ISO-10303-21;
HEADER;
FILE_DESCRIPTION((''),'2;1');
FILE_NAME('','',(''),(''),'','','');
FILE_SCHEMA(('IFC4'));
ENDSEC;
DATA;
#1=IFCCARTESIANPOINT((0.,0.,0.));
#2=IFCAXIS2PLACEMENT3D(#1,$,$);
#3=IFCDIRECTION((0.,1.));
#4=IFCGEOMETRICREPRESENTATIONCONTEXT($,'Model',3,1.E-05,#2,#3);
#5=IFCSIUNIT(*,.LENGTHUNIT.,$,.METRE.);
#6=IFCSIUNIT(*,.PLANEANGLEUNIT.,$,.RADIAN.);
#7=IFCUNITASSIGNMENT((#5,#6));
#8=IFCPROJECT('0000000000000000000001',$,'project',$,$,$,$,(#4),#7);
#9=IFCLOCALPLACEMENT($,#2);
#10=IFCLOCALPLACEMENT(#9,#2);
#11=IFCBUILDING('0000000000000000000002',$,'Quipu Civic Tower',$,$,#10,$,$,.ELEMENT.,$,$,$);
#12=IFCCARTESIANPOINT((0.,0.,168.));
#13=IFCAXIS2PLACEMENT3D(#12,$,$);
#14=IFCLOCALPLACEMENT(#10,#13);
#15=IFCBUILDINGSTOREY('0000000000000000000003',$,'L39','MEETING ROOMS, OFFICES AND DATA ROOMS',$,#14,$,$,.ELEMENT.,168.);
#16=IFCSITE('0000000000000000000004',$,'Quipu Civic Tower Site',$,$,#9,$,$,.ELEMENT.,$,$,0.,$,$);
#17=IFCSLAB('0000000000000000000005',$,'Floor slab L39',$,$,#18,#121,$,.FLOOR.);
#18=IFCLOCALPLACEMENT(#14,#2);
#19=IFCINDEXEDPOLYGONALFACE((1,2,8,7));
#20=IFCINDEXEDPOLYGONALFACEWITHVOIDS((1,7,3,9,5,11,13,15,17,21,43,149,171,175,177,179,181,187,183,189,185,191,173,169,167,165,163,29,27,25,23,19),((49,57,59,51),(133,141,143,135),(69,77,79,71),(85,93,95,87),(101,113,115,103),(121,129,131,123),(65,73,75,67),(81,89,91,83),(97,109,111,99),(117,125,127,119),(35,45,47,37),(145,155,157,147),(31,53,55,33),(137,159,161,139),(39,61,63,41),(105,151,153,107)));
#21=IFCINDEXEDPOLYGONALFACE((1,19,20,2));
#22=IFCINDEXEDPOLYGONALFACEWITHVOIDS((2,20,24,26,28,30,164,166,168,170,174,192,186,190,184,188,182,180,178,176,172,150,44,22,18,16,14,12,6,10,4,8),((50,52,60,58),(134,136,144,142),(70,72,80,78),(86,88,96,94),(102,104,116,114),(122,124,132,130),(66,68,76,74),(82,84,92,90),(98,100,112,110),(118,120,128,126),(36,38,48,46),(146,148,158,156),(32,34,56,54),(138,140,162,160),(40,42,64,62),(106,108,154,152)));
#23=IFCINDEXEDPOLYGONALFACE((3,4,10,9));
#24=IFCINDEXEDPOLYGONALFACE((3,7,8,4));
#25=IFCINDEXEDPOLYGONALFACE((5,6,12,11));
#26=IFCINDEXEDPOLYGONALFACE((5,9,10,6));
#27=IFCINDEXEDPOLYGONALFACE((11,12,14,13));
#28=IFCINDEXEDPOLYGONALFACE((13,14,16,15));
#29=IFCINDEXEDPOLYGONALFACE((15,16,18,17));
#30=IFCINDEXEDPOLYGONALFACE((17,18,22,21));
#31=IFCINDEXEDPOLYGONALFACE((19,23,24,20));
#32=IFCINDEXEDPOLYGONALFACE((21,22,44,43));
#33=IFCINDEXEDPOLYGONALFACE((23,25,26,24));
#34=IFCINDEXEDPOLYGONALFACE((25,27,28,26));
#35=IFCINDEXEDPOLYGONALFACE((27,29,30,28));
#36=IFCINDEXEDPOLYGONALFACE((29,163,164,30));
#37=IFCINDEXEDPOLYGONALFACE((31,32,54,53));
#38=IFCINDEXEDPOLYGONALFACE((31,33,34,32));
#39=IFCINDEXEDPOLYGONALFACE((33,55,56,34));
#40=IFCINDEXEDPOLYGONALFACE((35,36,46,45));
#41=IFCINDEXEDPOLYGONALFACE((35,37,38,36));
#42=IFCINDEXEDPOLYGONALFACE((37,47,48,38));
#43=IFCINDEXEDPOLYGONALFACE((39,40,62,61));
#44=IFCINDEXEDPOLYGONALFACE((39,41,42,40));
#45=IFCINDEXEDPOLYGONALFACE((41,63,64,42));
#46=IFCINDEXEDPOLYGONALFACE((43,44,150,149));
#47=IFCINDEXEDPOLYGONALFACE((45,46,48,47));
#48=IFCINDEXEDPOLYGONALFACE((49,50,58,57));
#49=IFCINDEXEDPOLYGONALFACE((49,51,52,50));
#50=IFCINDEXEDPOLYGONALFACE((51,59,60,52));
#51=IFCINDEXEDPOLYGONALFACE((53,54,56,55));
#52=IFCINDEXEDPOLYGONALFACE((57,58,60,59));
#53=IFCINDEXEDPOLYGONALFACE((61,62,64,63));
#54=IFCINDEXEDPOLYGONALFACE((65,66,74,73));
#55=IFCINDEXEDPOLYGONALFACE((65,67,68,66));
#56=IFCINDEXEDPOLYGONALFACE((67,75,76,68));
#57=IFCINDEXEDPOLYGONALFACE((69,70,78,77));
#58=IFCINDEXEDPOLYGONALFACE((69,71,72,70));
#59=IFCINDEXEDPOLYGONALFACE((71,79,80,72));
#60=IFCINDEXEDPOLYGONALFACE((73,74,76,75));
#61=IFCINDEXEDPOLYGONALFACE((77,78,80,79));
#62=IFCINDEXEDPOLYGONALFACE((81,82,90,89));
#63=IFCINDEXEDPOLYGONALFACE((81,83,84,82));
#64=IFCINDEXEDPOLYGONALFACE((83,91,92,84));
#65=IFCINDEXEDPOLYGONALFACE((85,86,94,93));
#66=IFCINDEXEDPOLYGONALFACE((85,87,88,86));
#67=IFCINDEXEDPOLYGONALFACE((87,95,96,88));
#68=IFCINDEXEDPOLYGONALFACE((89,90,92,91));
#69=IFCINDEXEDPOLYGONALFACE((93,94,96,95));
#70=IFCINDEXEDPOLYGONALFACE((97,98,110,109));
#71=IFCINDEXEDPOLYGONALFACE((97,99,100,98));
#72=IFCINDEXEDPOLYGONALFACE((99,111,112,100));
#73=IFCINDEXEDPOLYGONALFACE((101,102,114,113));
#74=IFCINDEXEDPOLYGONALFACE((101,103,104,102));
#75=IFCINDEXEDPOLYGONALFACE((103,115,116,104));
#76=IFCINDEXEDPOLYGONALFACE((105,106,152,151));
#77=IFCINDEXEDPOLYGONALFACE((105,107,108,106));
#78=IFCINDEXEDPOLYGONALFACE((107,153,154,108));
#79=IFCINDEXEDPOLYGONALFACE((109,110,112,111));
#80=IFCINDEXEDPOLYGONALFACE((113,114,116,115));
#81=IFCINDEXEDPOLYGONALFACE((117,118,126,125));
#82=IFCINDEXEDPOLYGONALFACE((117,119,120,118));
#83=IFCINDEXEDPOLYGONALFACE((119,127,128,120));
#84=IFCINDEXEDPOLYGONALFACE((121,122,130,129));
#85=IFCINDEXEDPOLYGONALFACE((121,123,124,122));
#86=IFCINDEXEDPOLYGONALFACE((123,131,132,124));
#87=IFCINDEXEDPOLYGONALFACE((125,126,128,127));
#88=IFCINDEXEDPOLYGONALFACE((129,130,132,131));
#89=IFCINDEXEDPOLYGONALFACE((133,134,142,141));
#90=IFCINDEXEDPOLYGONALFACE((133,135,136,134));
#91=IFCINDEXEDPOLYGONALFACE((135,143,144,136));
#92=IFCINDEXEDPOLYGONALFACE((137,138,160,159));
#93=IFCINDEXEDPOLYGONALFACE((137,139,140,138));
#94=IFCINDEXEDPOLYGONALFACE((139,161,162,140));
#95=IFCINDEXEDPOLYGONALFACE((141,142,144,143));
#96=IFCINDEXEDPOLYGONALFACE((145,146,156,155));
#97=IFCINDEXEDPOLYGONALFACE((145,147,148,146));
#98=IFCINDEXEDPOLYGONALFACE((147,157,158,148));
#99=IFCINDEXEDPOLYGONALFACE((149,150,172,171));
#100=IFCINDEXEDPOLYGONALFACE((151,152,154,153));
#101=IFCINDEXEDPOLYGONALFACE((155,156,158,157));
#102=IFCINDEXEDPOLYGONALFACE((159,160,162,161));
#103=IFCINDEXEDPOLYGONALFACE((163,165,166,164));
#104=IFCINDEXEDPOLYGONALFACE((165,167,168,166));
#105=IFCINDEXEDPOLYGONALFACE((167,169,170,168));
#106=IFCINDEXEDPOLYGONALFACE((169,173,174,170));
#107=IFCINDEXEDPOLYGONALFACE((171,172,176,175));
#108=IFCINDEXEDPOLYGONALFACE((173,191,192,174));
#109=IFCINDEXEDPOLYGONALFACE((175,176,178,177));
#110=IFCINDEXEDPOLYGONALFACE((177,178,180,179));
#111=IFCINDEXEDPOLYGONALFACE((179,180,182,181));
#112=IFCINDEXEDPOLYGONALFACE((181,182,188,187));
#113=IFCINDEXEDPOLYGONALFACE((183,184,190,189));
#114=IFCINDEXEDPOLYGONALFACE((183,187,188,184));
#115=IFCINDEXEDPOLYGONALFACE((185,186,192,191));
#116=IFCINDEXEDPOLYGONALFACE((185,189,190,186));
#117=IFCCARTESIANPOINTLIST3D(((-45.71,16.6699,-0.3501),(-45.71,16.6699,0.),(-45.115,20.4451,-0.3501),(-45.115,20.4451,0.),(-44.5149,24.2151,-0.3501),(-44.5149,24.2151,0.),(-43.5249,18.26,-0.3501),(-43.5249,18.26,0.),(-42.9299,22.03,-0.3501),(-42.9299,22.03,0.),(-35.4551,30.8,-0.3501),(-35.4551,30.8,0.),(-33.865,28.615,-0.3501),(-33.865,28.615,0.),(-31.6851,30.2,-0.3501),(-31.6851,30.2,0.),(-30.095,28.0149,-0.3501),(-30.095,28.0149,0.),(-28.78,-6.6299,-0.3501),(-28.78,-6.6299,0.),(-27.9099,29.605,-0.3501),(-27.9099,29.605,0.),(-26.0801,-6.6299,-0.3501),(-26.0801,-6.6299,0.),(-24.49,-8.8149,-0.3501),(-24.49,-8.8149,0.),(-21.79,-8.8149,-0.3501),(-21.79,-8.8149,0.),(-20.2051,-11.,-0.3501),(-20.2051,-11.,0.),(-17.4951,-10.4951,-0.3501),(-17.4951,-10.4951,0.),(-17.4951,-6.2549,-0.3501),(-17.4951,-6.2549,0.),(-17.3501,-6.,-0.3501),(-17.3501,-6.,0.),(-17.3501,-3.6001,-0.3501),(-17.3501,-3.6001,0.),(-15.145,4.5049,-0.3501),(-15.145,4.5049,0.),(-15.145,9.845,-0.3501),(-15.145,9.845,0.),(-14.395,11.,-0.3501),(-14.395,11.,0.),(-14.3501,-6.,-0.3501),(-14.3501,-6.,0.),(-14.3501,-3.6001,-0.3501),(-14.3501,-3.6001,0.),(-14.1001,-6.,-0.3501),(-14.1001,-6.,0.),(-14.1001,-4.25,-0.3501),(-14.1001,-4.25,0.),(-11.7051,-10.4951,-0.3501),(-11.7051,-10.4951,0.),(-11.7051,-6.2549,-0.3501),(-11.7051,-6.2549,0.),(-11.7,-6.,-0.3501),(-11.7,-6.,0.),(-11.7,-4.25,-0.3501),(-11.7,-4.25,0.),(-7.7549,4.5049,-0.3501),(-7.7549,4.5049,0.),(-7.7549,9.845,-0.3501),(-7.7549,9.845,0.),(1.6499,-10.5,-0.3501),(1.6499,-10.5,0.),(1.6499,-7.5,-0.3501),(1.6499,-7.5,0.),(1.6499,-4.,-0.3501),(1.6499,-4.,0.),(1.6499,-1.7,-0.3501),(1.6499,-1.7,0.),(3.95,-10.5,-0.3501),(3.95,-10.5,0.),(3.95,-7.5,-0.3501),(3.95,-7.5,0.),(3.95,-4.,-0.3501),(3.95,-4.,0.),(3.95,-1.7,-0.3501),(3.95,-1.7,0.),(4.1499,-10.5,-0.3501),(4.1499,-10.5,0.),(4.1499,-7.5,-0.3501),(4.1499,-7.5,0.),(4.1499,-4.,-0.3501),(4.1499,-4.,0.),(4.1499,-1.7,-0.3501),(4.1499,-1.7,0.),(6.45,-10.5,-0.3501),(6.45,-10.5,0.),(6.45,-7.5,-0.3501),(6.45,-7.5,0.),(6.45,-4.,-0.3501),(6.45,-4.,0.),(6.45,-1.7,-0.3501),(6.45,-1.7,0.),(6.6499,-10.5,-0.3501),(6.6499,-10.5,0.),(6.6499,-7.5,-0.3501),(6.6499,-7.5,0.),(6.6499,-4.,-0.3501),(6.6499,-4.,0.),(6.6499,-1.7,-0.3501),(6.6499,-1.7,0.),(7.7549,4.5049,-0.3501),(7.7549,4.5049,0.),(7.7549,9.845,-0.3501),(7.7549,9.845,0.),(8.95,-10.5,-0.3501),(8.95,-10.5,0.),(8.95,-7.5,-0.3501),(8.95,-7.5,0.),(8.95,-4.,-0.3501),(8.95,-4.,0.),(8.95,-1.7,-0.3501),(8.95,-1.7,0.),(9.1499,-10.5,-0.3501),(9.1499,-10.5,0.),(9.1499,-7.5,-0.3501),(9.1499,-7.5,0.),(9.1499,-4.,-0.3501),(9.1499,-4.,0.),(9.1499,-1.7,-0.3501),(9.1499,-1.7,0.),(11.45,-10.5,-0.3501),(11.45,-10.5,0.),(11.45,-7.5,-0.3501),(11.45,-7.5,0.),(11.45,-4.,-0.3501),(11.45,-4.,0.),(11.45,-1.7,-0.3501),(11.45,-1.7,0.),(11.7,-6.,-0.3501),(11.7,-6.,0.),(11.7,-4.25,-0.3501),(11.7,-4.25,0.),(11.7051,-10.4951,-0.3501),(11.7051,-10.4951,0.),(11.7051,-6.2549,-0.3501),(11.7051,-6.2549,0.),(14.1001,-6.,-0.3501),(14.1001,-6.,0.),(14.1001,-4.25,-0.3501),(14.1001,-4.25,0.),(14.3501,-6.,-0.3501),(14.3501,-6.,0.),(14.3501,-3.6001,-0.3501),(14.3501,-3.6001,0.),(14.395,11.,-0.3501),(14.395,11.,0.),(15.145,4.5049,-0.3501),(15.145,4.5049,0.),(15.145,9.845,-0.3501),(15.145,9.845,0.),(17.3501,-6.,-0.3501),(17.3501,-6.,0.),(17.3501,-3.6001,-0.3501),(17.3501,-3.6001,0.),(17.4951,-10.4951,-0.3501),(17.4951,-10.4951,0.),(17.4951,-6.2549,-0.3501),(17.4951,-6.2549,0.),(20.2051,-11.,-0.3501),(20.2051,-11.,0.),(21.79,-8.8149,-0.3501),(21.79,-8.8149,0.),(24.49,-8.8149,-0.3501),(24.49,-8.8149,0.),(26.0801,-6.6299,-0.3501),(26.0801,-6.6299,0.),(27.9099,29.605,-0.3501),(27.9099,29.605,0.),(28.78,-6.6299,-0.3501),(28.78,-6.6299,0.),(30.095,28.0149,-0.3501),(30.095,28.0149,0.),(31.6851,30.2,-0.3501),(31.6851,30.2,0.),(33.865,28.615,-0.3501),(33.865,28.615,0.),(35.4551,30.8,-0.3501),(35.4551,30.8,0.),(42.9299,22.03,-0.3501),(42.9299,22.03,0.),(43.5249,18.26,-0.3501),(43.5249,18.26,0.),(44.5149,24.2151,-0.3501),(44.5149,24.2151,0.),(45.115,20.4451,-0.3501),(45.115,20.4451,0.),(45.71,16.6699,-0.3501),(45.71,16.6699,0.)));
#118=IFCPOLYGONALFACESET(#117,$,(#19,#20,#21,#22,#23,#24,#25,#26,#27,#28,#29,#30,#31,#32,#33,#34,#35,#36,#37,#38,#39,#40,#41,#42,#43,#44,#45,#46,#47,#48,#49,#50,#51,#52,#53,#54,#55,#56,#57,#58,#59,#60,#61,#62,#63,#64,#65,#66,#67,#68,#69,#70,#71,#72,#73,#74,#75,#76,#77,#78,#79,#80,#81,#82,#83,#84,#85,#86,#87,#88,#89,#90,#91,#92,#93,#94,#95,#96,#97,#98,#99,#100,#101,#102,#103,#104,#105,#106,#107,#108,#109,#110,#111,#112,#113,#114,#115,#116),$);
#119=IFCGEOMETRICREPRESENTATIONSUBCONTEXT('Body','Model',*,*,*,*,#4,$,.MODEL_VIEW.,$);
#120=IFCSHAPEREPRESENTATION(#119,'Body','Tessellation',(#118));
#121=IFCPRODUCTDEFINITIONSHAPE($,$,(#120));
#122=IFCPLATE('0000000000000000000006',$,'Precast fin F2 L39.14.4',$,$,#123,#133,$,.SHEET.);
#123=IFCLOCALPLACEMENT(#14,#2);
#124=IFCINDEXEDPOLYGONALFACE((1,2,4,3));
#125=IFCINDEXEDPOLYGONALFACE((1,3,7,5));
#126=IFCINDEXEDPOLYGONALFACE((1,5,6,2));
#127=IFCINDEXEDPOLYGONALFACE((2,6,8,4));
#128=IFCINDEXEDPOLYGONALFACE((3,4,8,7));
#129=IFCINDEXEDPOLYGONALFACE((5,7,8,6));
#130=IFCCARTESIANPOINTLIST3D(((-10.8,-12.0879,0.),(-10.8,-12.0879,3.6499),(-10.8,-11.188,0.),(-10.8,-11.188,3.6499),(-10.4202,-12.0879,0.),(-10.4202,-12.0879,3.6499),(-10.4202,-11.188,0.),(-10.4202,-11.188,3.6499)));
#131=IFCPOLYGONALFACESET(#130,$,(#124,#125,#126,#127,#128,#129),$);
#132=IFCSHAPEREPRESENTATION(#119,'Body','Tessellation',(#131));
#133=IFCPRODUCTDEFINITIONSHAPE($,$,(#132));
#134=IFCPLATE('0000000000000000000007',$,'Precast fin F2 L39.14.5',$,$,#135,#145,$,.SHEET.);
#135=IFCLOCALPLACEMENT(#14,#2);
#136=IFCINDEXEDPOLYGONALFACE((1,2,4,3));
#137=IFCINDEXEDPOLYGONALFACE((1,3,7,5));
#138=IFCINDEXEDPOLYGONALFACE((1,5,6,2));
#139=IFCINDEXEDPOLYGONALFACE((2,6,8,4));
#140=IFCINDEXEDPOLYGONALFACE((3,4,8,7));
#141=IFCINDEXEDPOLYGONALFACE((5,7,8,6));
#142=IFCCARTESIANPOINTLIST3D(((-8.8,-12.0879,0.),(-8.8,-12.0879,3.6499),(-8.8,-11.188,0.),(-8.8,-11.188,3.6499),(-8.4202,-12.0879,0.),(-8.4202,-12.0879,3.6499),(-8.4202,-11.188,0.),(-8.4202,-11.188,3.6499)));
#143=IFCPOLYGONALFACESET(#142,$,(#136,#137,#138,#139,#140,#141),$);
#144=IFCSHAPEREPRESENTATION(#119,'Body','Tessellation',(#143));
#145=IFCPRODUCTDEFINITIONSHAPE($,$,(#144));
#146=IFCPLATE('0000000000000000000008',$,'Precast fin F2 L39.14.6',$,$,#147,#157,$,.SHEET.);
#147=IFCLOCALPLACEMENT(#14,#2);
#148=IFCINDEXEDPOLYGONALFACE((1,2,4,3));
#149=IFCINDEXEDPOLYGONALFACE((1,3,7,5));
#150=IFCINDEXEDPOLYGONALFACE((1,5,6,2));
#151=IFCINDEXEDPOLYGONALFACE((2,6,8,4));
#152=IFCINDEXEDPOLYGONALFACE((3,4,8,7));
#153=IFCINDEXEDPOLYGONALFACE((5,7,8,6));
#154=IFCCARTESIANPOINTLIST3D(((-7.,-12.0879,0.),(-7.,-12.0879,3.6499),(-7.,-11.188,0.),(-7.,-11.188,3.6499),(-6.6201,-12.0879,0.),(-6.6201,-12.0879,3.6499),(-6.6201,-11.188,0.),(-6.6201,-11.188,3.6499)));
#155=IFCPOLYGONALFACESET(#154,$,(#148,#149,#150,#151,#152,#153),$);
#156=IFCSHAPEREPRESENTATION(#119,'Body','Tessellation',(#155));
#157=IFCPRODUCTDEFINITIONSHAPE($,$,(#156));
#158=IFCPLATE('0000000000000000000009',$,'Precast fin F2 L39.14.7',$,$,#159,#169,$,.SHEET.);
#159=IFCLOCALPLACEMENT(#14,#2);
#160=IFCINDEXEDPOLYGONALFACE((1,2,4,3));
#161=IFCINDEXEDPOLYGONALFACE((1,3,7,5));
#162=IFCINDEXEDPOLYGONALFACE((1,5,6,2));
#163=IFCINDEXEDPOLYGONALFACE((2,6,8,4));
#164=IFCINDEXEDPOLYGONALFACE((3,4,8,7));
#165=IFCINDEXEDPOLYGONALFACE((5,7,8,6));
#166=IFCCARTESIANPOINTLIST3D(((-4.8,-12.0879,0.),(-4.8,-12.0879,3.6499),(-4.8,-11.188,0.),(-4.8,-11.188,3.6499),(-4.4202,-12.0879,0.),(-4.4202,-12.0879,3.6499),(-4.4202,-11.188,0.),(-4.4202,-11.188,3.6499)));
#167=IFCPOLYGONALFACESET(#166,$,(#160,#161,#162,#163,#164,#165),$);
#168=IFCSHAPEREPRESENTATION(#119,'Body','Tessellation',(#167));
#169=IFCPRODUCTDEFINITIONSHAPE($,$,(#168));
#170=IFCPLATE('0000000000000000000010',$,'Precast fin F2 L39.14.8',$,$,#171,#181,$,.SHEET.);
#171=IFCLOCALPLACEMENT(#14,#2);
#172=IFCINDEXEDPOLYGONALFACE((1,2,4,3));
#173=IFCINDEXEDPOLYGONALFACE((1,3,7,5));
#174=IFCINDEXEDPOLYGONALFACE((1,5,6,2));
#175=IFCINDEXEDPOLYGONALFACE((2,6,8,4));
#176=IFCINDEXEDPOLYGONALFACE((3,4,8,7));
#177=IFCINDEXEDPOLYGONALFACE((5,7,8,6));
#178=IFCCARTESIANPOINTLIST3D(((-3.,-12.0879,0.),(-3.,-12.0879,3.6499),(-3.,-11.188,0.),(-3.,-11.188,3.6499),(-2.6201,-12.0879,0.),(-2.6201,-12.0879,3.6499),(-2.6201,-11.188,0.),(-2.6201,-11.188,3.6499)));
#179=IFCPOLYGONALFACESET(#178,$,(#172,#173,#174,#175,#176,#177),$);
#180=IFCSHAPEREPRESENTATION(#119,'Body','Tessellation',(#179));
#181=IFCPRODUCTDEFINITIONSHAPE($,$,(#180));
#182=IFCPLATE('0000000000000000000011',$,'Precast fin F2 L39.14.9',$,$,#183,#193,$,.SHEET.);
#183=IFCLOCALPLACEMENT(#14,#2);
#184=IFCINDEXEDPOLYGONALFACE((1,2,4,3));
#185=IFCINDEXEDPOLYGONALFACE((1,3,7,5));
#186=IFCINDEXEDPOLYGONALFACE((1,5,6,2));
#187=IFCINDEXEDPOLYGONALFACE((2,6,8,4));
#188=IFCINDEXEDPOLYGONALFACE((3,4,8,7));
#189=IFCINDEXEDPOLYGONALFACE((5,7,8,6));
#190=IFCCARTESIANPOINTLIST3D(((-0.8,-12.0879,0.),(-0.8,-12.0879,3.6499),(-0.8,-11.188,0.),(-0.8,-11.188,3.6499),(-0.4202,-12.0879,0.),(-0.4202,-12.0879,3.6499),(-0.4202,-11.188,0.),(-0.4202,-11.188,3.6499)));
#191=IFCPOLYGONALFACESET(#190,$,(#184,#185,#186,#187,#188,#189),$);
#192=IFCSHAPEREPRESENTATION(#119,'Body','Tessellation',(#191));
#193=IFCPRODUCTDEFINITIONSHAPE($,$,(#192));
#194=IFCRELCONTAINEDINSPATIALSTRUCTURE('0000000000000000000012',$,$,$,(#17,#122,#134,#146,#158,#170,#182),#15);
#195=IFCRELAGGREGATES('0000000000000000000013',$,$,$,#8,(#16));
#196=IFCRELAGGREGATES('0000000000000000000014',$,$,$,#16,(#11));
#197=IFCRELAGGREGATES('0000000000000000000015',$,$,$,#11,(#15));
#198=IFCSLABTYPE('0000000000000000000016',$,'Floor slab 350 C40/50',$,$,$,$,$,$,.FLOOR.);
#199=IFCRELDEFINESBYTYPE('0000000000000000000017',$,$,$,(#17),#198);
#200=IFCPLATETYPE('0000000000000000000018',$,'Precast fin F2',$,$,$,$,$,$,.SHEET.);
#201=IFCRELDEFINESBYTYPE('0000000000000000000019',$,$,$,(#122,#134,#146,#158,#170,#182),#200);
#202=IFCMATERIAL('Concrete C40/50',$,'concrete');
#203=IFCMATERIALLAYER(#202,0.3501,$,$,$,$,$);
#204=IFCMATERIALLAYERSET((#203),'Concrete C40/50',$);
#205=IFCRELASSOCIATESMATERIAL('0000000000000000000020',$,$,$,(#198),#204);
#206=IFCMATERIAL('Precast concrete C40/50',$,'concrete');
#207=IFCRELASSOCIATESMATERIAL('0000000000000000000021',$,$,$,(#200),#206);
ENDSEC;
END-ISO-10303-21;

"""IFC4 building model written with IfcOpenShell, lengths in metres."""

from ifc_helpers import new_model, si_unit, direction, frame, origin, origin_2d, place, context, subcontext, project, spatial, polyline, rectangle, outline, extrude, material, layer, layer_set, type_object, element, save


model = new_model("IFC4")

# Units and contexts
model_context = context("Model", 3, precision=1e-05, world=origin(), true_north=direction((0.0, 1.0)))
body_context = subcontext(model_context, "Body", "Model", "MODEL_VIEW")
ifc_project = project(units=[si_unit("LENGTHUNIT", "METRE"), si_unit("PLANEANGLEUNIT", "RADIAN")], contexts=[model_context])

# Site, building, storey
site_placement = place(None, origin())
site = spatial("IfcSite", under=ifc_project, at=site_placement, Name="Quipu Civic Tower Site", CompositionType="ELEMENT", RefElevation=0.0)
building_placement = place(site_placement, origin())
building = spatial("IfcBuilding", under=site, at=building_placement, Name="Quipu Civic Tower", CompositionType="ELEMENT")
storey_placement = place(building_placement, frame((0.0, 0.0, 168.0)))
storey = spatial("IfcBuildingStorey", under=building, at=storey_placement, Name="L39", Description="MEETING ROOMS, OFFICES AND DATA ROOMS", CompositionType="ELEMENT", Elevation=168.0)

# Slab
ifc_material_1 = material(Name="Concrete C40/50", Category="concrete")
ifc_layer_1 = layer(ifc_material_1, 0.3501)
ifc_layer_set_1 = layer_set([ifc_layer_1], Name="Concrete C40/50")
slab_type_1 = type_object("IfcSlabType", Name="Floor slab 350 C40/50", PredefinedType="FLOOR", material=ifc_layer_set_1)
slab_1_placement = place(storey_placement, frame((0.0, 0.0, -0.3501)))
element("IfcSlab", 1, at=slab_1_placement, inside=storey, type_object=slab_type_1, Name="Floor slab L39", PredefinedType="FLOOR", context=body_context, shape_type="SweptSolid", body=[
    extrude(outline(polyline([(27.9099, 29.605), (30.095, 28.0149), (31.6851, 30.2), (33.865, 28.615), (35.4551, 30.8), (44.5149, 24.2151), (42.9299, 22.03), (45.115, 20.4451), (43.5249, 18.26), (45.71, 16.6699), (28.78, -6.6299), (26.0801, -6.6299), (24.49, -8.8149), (21.79, -8.8149), (20.2051, -11.0), (-20.2051, -11.0), (-21.79, -8.8149), (-24.49, -8.8149), (-26.0801, -6.6299), (-28.78, -6.6299), (-45.71, 16.6699), (-43.5249, 18.26), (-45.115, 20.4451), (-42.9299, 22.03), (-44.5149, 24.2151), (-35.4551, 30.8), (-33.865, 28.615), (-31.6851, 30.2), (-30.095, 28.0149), (-27.9099, 29.605), (-14.395, 11.0), (14.395, 11.0), (27.9099, 29.605)]), holes=[polyline([(1.6499, -7.5), (1.6499, -10.5), (3.95, -10.5), (3.95, -7.5), (1.6499, -7.5)]), polyline([(4.1499, -7.5), (4.1499, -10.5), (6.45, -10.5), (6.45, -7.5), (4.1499, -7.5)]), polyline([(-11.7051, -6.2549), (-17.4951, -6.2549), (-17.4951, -10.4951), (-11.7051, -10.4951), (-11.7051, -6.2549)]), polyline([(-14.1001, -4.25), (-14.1001, -6.0), (-11.7, -6.0), (-11.7, -4.25), (-14.1001, -4.25)]), polyline([(-17.3501, -3.6001), (-17.3501, -6.0), (-14.3501, -6.0), (-14.3501, -3.6001), (-17.3501, -3.6001)]), polyline([(1.6499, -1.7), (1.6499, -4.0), (3.95, -4.0), (3.95, -1.7), (1.6499, -1.7)]), polyline([(4.1499, -1.7), (4.1499, -4.0), (6.45, -4.0), (6.45, -1.7), (4.1499, -1.7)]), polyline([(-7.7549, 9.845), (-15.145, 9.845), (-15.145, 4.5049), (-7.7549, 4.5049), (-7.7549, 9.845)]), polyline([(6.6499, -7.5), (6.6499, -10.5), (8.95, -10.5), (8.95, -7.5), (6.6499, -7.5)]), polyline([(9.1499, -7.5), (9.1499, -10.5), (11.45, -10.5), (11.45, -7.5), (9.1499, -7.5)]), polyline([(11.7051, -10.4951), (17.4951, -10.4951), (17.4951, -6.2549), (11.7051, -6.2549), (11.7051, -10.4951)]), polyline([(11.7, -4.25), (11.7, -6.0), (14.1001, -6.0), (14.1001, -4.25), (11.7, -4.25)]), polyline([(14.3501, -3.6001), (14.3501, -6.0), (17.3501, -6.0), (17.3501, -3.6001), (14.3501, -3.6001)]), polyline([(6.6499, -1.7), (6.6499, -4.0), (8.95, -4.0), (8.95, -1.7), (6.6499, -1.7)]), polyline([(9.1499, -1.7), (9.1499, -4.0), (11.45, -4.0), (11.45, -1.7), (9.1499, -1.7)]), polyline([(7.7549, 4.5049), (15.145, 4.5049), (15.145, 9.845), (7.7549, 9.845), (7.7549, 4.5049)])]), origin(), (0.0, 0.0, 1.0), 0.3501),
])

# Plates
ifc_material_2 = material(Name="Precast concrete C40/50", Category="concrete")
plate_type = type_object("IfcPlateType", Name="Precast fin F2", PredefinedType="SHEET", material=ifc_material_2)
for number, where, z_axis, x_axis, name in (
    (2, (-10.6101, -11.6379, 0.0), (0.0, 0.0, 1.0), (1.0, 0.0, 0.0), "Precast fin F2 L39.14.4"),
    (3, (-8.6101, -11.6379, 0.0), (0.0, 0.0, 1.0), (1.0, 0.0, 0.0), "Precast fin F2 L39.14.5"),
    (4, (-6.8101, -11.6379, 0.0), (0.0, 0.0, 1.0), (1.0, 0.0, 0.0), "Precast fin F2 L39.14.6"),
    (5, (-4.6101, -11.6379, 0.0), (0.0, 0.0, 1.0), (1.0, 0.0, 0.0), "Precast fin F2 L39.14.7"),
    (6, (-2.8101, -11.6379, 0.0), (0.0, 0.0, 1.0), (1.0, 0.0, 0.0), "Precast fin F2 L39.14.8"),
    (7, (-0.6101, -11.6379, 0.0), (0.0, 0.0, 1.0), (1.0, 0.0, 0.0), "Precast fin F2 L39.14.9"),
):
    element("IfcPlate", number, at=place(storey_placement, frame(where, z_axis=z_axis, x_axis=x_axis)), inside=storey, type_object=plate_type, Name=name, PredefinedType="SHEET", context=body_context, shape_type="SweptSolid", body=[
        extrude(rectangle(XDim=0.3799, YDim=0.8999, at=origin_2d()), origin(), (0.0, 0.0, 1.0), 3.6499),
    ])

save(model, "model.ifc")
